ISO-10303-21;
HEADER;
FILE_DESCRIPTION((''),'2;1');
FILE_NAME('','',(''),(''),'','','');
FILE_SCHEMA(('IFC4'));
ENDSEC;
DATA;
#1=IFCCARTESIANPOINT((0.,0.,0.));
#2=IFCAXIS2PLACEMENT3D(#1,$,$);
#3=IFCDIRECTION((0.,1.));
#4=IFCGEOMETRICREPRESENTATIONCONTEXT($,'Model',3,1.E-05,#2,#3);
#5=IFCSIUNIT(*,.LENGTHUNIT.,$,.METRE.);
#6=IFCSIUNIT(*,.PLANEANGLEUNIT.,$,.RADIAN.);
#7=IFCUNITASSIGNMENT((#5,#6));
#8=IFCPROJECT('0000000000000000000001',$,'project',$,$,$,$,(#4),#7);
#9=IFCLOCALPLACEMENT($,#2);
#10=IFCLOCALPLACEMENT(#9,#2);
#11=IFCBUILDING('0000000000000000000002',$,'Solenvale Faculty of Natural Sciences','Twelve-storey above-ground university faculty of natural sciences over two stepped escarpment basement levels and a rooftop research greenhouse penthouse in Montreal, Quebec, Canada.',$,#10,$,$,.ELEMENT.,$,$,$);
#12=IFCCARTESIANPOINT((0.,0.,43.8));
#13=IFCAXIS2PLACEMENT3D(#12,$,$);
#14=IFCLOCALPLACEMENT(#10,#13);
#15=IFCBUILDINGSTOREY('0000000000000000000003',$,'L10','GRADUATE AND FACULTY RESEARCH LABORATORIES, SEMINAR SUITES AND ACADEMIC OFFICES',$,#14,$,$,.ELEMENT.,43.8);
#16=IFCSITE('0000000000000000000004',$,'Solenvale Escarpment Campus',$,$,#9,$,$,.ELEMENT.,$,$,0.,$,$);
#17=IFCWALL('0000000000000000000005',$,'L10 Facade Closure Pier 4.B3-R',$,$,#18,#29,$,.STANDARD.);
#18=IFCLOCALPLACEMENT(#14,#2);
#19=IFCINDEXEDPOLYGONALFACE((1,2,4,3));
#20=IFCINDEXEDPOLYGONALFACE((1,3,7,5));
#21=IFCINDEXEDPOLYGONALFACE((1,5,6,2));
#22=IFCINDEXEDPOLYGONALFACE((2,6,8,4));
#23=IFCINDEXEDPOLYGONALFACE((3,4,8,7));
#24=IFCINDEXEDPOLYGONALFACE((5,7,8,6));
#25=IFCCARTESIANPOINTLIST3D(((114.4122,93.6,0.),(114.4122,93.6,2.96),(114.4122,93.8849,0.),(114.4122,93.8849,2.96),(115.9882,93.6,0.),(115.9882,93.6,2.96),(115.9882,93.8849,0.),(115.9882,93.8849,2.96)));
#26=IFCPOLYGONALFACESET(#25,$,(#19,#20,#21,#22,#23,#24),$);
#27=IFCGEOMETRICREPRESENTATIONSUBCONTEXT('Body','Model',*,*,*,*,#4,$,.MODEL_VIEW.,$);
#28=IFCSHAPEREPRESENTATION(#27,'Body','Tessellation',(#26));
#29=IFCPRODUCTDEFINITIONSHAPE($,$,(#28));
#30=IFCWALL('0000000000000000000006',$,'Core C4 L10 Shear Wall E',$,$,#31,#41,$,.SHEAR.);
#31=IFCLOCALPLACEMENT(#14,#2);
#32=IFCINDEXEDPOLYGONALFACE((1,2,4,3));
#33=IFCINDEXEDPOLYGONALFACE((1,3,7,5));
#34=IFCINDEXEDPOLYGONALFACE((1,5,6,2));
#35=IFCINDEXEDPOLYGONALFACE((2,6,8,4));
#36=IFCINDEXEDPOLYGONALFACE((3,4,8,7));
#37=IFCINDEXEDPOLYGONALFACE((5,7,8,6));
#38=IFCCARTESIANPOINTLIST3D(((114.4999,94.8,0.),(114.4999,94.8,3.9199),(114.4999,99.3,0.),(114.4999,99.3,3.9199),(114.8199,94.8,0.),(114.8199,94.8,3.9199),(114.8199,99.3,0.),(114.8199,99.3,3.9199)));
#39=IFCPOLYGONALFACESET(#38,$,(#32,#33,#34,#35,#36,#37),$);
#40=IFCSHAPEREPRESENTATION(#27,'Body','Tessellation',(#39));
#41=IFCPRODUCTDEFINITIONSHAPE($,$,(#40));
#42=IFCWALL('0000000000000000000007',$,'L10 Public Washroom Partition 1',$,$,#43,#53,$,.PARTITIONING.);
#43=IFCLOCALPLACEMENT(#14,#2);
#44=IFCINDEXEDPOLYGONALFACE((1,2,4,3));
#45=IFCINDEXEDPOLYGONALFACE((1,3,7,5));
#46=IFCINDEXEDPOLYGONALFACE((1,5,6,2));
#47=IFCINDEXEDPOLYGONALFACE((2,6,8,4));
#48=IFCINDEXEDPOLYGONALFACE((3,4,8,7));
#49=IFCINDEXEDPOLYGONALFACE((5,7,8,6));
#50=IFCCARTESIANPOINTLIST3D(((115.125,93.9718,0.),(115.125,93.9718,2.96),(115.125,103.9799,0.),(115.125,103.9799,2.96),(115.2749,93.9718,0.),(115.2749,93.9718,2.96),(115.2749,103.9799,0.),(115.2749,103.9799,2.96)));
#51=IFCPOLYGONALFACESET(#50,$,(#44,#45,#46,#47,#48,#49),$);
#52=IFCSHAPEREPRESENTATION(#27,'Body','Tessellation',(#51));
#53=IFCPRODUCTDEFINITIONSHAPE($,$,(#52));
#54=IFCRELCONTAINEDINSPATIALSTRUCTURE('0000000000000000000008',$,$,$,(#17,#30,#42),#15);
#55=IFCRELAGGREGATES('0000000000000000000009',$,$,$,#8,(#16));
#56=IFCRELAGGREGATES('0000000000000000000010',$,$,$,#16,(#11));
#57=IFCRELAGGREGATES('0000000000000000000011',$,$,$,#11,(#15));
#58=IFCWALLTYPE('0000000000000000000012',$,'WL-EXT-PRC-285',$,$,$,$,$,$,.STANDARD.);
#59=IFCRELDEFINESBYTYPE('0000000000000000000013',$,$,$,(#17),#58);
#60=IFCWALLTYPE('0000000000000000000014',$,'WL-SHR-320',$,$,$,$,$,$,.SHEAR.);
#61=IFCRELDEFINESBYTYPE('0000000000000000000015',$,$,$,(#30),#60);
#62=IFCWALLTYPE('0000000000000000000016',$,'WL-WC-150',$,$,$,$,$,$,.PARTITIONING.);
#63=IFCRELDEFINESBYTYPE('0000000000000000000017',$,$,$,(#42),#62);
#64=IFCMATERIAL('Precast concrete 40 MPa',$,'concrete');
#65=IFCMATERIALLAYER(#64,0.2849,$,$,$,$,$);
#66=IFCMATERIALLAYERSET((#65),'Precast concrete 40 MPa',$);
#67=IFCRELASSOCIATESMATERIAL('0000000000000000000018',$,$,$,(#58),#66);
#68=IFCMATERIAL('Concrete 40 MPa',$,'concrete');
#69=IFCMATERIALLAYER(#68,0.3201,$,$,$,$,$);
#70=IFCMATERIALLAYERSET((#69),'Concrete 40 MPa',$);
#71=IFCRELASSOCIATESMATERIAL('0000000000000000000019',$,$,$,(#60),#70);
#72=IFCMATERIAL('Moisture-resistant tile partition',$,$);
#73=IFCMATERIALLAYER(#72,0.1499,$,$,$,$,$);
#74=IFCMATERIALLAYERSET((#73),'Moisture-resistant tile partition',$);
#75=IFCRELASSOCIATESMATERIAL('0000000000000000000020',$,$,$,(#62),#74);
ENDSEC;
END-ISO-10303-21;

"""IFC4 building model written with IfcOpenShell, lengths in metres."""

from ifc_helpers import new_model, si_unit, direction, frame, frame_2d, origin, place, context, subcontext, project, spatial, rectangle, extrude, material, layer, layer_set, type_object, element, save


model = new_model("IFC4")

# Units and contexts
model_context = context("Model", 3, precision=1e-05, world=origin(), true_north=direction((0.0, 1.0)))
body_context = subcontext(model_context, "Body", "Model", "MODEL_VIEW")
ifc_project = project(units=[si_unit("LENGTHUNIT", "METRE"), si_unit("PLANEANGLEUNIT", "RADIAN")], contexts=[model_context])

# Site, building, storey
site_placement = place(None, origin())
site = spatial("IfcSite", under=ifc_project, at=site_placement, Name="Solenvale Escarpment Campus", CompositionType="ELEMENT", RefElevation=0.0)
building_placement = place(site_placement, origin())
building = spatial("IfcBuilding", under=site, at=building_placement, Name="Solenvale Faculty of Natural Sciences", Description="Twelve-storey above-ground university faculty of natural sciences over two stepped escarpment basement levels and a rooftop research greenhouse penthouse in Montreal, Quebec, Canada.", CompositionType="ELEMENT")
storey_placement = place(building_placement, frame((0.0, 0.0, 43.8)))
storey = spatial("IfcBuildingStorey", under=building, at=storey_placement, Name="L10", Description="GRADUATE AND FACULTY RESEARCH LABORATORIES, SEMINAR SUITES AND ACADEMIC OFFICES", CompositionType="ELEMENT", Elevation=43.8)

# Shared definitions
ifc_material_1 = material(Name="Concrete 40 MPa", Category="concrete")

# Walls
ifc_material_2 = material(Name="Precast concrete 40 MPa", Category="concrete")
ifc_layer_1 = layer(ifc_material_2, 0.2849)
ifc_layer_set_1 = layer_set([ifc_layer_1], Name="Precast concrete 40 MPa")
wall_type_1 = type_object("IfcWallType", Name="WL-EXT-PRC-285", PredefinedType="STANDARD", material=ifc_layer_set_1)
wall_1_placement = place(storey_placement, frame((114.4121, 93.7424, 0.0), z_axis=(0.0, 0.0, 1.0), x_axis=(1.0, 0.0, 0.0)))
element("IfcWall", 1, at=wall_1_placement, inside=storey, type_object=wall_type_1, Name="L10 Facade Closure Pier 4.B3-R", PredefinedType="STANDARD", context=body_context, shape_type="SweptSolid", body=[
    extrude(rectangle(XDim=1.5759, YDim=0.2849, at=frame_2d((0.7881, 0.0))), origin(), (0.0, 0.0, 1.0), 2.96),
])
ifc_layer_2 = layer(ifc_material_1, 0.3201)
ifc_layer_set_2 = layer_set([ifc_layer_2], Name="Concrete 40 MPa")
wall_type_2 = type_object("IfcWallType", Name="WL-SHR-320", PredefinedType="SHEAR", material=ifc_layer_set_2)
wall_2_placement = place(storey_placement, frame((114.6599, 94.8, 0.0), z_axis=(0.0, 0.0, 1.0), x_axis=(0.0, 1.0, 0.0)))
element("IfcWall", 2, at=wall_2_placement, inside=storey, type_object=wall_type_2, Name="Core C4 L10 Shear Wall E", PredefinedType="SHEAR", context=body_context, shape_type="SweptSolid", body=[
    extrude(rectangle(XDim=4.5, YDim=0.3201, at=frame_2d((2.25, 0.0))), origin(), (0.0, 0.0, 1.0), 3.9199),
])
ifc_material_3 = material(Name="Moisture-resistant tile partition")
ifc_layer_3 = layer(ifc_material_3, 0.1499)
ifc_layer_set_3 = layer_set([ifc_layer_3], Name="Moisture-resistant tile partition")
wall_type_3 = type_object("IfcWallType", Name="WL-WC-150", PredefinedType="PARTITIONING", material=ifc_layer_set_3)
wall_3_placement = place(storey_placement, frame((115.2, 93.9719, 0.0), z_axis=(0.0, 0.0, 1.0), x_axis=(0.0, 1.0, 0.0)))
element("IfcWall", 3, at=wall_3_placement, inside=storey, type_object=wall_type_3, Name="L10 Public Washroom Partition 1", PredefinedType="PARTITIONING", context=body_context, shape_type="SweptSolid", body=[
    extrude(rectangle(XDim=10.0081, YDim=0.1499, at=frame_2d((5.0039, 0.0))), origin(), (0.0, 0.0, 1.0), 2.96),
])

save(model, "model.ifc")
